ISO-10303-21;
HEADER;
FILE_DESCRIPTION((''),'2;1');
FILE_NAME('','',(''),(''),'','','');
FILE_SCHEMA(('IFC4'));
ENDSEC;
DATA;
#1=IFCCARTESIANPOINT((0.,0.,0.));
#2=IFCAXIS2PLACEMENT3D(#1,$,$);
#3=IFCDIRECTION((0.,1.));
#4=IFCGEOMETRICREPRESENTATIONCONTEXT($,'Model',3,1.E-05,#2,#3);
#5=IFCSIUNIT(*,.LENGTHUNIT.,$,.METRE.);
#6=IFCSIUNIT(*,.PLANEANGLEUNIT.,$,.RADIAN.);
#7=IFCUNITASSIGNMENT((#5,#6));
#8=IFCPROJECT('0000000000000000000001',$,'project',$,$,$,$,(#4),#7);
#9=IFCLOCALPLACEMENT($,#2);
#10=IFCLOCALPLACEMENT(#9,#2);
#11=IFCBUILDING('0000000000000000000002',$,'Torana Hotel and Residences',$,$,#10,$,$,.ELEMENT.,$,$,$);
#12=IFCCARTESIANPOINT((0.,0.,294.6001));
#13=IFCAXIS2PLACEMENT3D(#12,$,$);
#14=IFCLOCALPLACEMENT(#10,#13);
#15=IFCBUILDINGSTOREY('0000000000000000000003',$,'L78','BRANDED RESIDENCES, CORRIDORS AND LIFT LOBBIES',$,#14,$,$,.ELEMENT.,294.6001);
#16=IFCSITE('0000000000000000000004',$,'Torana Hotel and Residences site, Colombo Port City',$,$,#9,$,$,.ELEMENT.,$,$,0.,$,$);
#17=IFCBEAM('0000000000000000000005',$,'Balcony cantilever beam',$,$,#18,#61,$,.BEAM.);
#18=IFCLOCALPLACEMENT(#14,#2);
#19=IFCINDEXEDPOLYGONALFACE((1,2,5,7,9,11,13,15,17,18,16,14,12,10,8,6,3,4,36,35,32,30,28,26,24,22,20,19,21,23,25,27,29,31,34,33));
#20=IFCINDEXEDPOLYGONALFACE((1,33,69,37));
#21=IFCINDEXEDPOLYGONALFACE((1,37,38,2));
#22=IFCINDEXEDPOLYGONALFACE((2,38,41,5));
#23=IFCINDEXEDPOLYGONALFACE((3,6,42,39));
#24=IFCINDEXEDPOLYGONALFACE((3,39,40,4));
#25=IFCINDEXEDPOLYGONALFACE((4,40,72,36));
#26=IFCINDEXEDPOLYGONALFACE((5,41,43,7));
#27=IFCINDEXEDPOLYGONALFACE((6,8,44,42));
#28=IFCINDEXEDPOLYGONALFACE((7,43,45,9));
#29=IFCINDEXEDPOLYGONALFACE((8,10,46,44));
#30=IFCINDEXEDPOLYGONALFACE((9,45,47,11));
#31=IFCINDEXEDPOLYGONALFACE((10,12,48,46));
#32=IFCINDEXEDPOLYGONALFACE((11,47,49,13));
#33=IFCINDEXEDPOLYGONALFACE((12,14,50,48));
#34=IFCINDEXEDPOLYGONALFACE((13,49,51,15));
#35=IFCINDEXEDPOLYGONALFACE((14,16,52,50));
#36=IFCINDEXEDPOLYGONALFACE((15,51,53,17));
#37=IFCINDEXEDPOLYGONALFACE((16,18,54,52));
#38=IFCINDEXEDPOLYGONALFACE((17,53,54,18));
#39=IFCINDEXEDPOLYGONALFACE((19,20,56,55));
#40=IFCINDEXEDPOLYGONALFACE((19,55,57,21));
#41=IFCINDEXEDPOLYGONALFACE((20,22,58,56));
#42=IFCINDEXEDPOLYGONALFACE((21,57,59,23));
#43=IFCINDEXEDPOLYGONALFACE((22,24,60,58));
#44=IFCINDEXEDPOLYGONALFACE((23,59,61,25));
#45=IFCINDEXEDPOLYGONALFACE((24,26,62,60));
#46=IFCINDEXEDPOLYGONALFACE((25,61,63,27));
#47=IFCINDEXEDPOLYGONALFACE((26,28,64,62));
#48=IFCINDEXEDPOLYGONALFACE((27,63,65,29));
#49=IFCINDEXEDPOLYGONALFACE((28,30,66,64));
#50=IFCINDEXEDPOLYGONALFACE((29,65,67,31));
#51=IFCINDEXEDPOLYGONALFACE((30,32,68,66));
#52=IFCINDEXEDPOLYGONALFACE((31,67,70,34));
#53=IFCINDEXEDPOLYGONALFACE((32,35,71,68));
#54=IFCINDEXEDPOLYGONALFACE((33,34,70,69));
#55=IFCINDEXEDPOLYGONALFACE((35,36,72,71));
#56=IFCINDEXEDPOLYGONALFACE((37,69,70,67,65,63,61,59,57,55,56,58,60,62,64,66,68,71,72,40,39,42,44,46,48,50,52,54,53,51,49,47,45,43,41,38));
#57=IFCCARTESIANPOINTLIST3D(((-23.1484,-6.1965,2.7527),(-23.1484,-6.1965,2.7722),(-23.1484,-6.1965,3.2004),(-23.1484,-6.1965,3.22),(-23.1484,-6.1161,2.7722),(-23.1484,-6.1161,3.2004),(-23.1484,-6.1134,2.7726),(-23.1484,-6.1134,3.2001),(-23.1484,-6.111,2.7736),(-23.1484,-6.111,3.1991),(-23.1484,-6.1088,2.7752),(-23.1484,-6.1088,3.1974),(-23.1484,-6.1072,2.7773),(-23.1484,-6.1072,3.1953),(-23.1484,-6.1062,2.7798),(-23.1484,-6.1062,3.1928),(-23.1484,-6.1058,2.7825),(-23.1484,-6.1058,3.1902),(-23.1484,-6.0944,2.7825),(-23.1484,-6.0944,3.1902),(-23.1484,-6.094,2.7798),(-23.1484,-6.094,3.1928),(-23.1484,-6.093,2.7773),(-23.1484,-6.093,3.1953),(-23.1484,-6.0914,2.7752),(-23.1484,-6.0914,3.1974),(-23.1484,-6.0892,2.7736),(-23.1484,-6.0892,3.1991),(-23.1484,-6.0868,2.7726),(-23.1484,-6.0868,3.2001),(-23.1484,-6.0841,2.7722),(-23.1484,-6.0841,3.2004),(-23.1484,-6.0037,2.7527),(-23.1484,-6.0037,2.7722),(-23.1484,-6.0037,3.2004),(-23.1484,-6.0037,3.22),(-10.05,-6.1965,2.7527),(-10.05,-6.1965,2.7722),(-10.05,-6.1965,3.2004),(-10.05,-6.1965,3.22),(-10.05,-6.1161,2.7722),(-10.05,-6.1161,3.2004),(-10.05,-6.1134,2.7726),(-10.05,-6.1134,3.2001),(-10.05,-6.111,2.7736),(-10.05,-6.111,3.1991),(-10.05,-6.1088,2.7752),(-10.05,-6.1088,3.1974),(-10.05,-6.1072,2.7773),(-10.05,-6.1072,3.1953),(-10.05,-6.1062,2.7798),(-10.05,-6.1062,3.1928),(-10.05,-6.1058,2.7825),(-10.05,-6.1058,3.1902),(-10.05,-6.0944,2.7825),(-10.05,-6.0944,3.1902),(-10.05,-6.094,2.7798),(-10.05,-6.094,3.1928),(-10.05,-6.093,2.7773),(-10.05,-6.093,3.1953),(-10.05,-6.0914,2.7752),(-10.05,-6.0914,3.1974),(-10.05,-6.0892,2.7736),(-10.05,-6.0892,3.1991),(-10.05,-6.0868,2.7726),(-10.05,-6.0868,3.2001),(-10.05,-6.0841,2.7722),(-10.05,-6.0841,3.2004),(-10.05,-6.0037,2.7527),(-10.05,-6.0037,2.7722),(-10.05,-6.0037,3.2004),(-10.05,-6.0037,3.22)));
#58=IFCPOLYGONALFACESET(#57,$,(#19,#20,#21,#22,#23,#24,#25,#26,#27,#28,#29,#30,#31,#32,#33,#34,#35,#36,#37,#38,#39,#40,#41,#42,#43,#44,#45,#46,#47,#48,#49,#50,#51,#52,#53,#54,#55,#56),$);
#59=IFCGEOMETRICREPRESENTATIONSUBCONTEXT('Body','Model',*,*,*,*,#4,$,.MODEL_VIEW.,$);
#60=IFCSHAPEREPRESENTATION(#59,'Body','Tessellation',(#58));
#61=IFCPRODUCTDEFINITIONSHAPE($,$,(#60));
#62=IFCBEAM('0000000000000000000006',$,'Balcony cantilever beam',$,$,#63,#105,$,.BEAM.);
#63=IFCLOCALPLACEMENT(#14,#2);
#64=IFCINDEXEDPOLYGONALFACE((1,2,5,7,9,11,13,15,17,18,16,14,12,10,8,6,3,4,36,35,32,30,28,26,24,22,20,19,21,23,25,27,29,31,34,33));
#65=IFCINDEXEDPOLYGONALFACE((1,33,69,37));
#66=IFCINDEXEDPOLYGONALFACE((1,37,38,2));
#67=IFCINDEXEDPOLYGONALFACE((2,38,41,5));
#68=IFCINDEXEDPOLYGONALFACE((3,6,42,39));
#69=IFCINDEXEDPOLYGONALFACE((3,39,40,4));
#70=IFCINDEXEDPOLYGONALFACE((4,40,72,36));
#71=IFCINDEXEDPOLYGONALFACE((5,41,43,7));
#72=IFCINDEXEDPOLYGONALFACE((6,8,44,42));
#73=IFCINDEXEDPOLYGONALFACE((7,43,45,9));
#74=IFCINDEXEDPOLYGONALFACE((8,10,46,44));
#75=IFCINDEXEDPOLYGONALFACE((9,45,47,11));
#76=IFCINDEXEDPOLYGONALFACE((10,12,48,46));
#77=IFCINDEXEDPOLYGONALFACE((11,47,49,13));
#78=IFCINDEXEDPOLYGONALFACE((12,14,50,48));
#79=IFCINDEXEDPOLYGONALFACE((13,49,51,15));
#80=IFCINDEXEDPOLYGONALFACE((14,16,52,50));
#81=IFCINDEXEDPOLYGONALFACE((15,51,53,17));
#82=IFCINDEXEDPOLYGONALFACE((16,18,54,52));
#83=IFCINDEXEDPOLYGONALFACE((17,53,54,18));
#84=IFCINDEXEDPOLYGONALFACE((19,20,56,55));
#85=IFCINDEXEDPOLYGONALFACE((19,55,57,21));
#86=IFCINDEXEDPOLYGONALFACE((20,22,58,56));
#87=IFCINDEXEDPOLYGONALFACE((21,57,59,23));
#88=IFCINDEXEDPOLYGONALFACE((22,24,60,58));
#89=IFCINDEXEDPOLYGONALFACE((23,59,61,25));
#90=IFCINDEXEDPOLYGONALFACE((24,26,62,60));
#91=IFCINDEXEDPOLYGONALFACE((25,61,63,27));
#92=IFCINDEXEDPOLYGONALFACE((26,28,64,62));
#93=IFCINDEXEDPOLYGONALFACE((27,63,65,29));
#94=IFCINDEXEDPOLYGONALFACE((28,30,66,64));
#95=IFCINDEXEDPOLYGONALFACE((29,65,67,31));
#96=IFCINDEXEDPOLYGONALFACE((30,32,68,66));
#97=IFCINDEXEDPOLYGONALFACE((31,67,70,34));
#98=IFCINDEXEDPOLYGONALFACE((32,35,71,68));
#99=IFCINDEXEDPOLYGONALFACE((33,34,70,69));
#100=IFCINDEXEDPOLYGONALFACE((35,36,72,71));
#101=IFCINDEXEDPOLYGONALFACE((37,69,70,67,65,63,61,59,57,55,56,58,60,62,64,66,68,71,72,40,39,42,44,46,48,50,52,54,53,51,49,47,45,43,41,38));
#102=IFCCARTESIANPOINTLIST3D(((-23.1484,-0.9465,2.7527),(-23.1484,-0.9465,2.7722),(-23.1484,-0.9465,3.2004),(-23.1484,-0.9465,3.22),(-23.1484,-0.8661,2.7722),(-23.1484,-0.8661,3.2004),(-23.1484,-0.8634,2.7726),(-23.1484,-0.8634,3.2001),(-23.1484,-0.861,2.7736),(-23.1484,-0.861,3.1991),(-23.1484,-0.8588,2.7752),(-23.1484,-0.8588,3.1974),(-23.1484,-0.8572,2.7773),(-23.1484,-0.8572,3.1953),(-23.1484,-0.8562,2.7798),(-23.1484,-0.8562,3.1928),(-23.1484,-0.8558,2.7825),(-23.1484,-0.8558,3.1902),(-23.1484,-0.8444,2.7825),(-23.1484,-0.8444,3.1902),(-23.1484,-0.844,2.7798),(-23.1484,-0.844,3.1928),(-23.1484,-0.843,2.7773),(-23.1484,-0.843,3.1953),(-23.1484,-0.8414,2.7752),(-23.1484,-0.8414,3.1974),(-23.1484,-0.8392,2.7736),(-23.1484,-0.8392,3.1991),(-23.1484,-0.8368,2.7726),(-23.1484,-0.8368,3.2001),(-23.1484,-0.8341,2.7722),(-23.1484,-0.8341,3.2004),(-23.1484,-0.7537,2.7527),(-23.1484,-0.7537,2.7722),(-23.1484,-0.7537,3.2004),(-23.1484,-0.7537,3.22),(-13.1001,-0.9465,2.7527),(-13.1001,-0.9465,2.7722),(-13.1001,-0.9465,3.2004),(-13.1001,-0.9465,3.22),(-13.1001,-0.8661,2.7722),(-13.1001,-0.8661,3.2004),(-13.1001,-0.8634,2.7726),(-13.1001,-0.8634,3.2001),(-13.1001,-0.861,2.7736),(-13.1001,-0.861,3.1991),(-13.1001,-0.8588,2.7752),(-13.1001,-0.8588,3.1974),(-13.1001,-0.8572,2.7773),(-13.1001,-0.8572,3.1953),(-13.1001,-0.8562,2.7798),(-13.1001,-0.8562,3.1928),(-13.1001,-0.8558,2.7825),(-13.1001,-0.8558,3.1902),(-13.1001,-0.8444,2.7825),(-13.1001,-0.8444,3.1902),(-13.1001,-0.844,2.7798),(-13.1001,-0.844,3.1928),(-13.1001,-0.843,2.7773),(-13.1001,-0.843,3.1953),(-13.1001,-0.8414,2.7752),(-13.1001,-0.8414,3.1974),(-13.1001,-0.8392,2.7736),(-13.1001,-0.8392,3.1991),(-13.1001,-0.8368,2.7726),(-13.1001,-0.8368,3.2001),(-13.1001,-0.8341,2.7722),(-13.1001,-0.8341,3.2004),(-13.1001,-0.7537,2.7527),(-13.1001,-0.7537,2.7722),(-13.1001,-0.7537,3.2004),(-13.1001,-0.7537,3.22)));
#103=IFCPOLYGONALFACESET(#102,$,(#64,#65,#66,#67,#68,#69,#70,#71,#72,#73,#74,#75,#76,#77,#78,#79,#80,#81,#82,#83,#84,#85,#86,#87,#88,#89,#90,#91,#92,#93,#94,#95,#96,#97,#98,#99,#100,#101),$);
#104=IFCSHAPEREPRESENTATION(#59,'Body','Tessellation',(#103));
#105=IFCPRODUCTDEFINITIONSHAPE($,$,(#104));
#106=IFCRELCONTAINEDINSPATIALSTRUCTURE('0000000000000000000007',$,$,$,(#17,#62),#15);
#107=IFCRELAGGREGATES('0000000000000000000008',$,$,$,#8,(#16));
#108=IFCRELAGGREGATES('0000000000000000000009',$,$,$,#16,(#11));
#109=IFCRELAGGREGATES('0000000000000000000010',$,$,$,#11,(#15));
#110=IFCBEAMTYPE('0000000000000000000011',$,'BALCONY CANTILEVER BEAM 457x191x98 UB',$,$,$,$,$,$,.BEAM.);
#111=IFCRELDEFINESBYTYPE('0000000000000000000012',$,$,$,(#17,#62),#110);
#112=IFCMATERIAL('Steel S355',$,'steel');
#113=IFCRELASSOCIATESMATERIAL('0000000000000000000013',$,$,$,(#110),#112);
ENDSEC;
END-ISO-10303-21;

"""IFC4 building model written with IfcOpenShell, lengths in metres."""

from ifc_helpers import new_model, si_unit, direction, frame, origin, origin_2d, place, context, subcontext, project, spatial, i_section, extrude, material, material_profile, profile_set, type_object, element, save


model = new_model("IFC4")

# Units and contexts
model_context = context("Model", 3, precision=1e-05, world=origin(), true_north=direction((0.0, 1.0)))
body_context = subcontext(model_context, "Body", "Model", "MODEL_VIEW")
ifc_project = project(units=[si_unit("LENGTHUNIT", "METRE"), si_unit("PLANEANGLEUNIT", "RADIAN")], contexts=[model_context])

# Site, building, storey
site_placement = place(None, origin())
site = spatial("IfcSite", under=ifc_project, at=site_placement, Name="Torana Hotel and Residences site, Colombo Port City", CompositionType="ELEMENT", RefElevation=0.0)
building_placement = place(site_placement, origin())
building = spatial("IfcBuilding", under=site, at=building_placement, Name="Torana Hotel and Residences", CompositionType="ELEMENT")
storey_placement = place(building_placement, frame((0.0, 0.0, 294.6001)))
storey = spatial("IfcBuildingStorey", under=building, at=storey_placement, Name="L78", Description="BRANDED RESIDENCES, CORRIDORS AND LIFT LOBBIES", CompositionType="ELEMENT", Elevation=294.6001)

# Beams
ifc_material_1 = material(Name="Steel S355", Category="steel")
ifc_material_profile = material_profile(ifc_material_1, i_section(OverallWidth=0.1929, OverallDepth=0.4673, WebThickness=0.0115, FlangeThickness=0.0195, FilletRadius=0.0103, at=origin_2d()), Name="457x191x98 UB")
ifc_profile_set = profile_set([ifc_material_profile], Name="Steel S355")
beam_type = type_object("IfcBeamType", Name="BALCONY CANTILEVER BEAM 457x191x98 UB", PredefinedType="BEAM", material=ifc_profile_set)
beam_1_placement = place(storey_placement, frame((-23.1484, -6.1001, 2.9863), z_axis=(1.0, 0.0, 0.0), x_axis=(0.0, 1.0, 0.0)))
element("IfcBeam", 1, at=beam_1_placement, inside=storey, type_object=beam_type, Name="Balcony cantilever beam", PredefinedType="BEAM", context=body_context, shape_type="SweptSolid", body=[
    extrude(i_section(OverallWidth=0.1929, OverallDepth=0.4673, WebThickness=0.0115, FlangeThickness=0.0195, FilletRadius=0.0103, at=origin_2d()), origin(), (0.0, 0.0, 1.0), 13.0984),
])
beam_2_placement = place(storey_placement, frame((-23.1484, -0.8501, 2.9863), z_axis=(1.0, 0.0, 0.0), x_axis=(0.0, 1.0, 0.0)))
element("IfcBeam", 2, at=beam_2_placement, inside=storey, type_object=beam_type, Name="Balcony cantilever beam", PredefinedType="BEAM", context=body_context, shape_type="SweptSolid", body=[
    extrude(i_section(OverallWidth=0.1929, OverallDepth=0.4673, WebThickness=0.0115, FlangeThickness=0.0195, FilletRadius=0.0103, at=origin_2d()), origin(), (0.0, 0.0, 1.0), 10.0483),
])

save(model, "model.ifc")
